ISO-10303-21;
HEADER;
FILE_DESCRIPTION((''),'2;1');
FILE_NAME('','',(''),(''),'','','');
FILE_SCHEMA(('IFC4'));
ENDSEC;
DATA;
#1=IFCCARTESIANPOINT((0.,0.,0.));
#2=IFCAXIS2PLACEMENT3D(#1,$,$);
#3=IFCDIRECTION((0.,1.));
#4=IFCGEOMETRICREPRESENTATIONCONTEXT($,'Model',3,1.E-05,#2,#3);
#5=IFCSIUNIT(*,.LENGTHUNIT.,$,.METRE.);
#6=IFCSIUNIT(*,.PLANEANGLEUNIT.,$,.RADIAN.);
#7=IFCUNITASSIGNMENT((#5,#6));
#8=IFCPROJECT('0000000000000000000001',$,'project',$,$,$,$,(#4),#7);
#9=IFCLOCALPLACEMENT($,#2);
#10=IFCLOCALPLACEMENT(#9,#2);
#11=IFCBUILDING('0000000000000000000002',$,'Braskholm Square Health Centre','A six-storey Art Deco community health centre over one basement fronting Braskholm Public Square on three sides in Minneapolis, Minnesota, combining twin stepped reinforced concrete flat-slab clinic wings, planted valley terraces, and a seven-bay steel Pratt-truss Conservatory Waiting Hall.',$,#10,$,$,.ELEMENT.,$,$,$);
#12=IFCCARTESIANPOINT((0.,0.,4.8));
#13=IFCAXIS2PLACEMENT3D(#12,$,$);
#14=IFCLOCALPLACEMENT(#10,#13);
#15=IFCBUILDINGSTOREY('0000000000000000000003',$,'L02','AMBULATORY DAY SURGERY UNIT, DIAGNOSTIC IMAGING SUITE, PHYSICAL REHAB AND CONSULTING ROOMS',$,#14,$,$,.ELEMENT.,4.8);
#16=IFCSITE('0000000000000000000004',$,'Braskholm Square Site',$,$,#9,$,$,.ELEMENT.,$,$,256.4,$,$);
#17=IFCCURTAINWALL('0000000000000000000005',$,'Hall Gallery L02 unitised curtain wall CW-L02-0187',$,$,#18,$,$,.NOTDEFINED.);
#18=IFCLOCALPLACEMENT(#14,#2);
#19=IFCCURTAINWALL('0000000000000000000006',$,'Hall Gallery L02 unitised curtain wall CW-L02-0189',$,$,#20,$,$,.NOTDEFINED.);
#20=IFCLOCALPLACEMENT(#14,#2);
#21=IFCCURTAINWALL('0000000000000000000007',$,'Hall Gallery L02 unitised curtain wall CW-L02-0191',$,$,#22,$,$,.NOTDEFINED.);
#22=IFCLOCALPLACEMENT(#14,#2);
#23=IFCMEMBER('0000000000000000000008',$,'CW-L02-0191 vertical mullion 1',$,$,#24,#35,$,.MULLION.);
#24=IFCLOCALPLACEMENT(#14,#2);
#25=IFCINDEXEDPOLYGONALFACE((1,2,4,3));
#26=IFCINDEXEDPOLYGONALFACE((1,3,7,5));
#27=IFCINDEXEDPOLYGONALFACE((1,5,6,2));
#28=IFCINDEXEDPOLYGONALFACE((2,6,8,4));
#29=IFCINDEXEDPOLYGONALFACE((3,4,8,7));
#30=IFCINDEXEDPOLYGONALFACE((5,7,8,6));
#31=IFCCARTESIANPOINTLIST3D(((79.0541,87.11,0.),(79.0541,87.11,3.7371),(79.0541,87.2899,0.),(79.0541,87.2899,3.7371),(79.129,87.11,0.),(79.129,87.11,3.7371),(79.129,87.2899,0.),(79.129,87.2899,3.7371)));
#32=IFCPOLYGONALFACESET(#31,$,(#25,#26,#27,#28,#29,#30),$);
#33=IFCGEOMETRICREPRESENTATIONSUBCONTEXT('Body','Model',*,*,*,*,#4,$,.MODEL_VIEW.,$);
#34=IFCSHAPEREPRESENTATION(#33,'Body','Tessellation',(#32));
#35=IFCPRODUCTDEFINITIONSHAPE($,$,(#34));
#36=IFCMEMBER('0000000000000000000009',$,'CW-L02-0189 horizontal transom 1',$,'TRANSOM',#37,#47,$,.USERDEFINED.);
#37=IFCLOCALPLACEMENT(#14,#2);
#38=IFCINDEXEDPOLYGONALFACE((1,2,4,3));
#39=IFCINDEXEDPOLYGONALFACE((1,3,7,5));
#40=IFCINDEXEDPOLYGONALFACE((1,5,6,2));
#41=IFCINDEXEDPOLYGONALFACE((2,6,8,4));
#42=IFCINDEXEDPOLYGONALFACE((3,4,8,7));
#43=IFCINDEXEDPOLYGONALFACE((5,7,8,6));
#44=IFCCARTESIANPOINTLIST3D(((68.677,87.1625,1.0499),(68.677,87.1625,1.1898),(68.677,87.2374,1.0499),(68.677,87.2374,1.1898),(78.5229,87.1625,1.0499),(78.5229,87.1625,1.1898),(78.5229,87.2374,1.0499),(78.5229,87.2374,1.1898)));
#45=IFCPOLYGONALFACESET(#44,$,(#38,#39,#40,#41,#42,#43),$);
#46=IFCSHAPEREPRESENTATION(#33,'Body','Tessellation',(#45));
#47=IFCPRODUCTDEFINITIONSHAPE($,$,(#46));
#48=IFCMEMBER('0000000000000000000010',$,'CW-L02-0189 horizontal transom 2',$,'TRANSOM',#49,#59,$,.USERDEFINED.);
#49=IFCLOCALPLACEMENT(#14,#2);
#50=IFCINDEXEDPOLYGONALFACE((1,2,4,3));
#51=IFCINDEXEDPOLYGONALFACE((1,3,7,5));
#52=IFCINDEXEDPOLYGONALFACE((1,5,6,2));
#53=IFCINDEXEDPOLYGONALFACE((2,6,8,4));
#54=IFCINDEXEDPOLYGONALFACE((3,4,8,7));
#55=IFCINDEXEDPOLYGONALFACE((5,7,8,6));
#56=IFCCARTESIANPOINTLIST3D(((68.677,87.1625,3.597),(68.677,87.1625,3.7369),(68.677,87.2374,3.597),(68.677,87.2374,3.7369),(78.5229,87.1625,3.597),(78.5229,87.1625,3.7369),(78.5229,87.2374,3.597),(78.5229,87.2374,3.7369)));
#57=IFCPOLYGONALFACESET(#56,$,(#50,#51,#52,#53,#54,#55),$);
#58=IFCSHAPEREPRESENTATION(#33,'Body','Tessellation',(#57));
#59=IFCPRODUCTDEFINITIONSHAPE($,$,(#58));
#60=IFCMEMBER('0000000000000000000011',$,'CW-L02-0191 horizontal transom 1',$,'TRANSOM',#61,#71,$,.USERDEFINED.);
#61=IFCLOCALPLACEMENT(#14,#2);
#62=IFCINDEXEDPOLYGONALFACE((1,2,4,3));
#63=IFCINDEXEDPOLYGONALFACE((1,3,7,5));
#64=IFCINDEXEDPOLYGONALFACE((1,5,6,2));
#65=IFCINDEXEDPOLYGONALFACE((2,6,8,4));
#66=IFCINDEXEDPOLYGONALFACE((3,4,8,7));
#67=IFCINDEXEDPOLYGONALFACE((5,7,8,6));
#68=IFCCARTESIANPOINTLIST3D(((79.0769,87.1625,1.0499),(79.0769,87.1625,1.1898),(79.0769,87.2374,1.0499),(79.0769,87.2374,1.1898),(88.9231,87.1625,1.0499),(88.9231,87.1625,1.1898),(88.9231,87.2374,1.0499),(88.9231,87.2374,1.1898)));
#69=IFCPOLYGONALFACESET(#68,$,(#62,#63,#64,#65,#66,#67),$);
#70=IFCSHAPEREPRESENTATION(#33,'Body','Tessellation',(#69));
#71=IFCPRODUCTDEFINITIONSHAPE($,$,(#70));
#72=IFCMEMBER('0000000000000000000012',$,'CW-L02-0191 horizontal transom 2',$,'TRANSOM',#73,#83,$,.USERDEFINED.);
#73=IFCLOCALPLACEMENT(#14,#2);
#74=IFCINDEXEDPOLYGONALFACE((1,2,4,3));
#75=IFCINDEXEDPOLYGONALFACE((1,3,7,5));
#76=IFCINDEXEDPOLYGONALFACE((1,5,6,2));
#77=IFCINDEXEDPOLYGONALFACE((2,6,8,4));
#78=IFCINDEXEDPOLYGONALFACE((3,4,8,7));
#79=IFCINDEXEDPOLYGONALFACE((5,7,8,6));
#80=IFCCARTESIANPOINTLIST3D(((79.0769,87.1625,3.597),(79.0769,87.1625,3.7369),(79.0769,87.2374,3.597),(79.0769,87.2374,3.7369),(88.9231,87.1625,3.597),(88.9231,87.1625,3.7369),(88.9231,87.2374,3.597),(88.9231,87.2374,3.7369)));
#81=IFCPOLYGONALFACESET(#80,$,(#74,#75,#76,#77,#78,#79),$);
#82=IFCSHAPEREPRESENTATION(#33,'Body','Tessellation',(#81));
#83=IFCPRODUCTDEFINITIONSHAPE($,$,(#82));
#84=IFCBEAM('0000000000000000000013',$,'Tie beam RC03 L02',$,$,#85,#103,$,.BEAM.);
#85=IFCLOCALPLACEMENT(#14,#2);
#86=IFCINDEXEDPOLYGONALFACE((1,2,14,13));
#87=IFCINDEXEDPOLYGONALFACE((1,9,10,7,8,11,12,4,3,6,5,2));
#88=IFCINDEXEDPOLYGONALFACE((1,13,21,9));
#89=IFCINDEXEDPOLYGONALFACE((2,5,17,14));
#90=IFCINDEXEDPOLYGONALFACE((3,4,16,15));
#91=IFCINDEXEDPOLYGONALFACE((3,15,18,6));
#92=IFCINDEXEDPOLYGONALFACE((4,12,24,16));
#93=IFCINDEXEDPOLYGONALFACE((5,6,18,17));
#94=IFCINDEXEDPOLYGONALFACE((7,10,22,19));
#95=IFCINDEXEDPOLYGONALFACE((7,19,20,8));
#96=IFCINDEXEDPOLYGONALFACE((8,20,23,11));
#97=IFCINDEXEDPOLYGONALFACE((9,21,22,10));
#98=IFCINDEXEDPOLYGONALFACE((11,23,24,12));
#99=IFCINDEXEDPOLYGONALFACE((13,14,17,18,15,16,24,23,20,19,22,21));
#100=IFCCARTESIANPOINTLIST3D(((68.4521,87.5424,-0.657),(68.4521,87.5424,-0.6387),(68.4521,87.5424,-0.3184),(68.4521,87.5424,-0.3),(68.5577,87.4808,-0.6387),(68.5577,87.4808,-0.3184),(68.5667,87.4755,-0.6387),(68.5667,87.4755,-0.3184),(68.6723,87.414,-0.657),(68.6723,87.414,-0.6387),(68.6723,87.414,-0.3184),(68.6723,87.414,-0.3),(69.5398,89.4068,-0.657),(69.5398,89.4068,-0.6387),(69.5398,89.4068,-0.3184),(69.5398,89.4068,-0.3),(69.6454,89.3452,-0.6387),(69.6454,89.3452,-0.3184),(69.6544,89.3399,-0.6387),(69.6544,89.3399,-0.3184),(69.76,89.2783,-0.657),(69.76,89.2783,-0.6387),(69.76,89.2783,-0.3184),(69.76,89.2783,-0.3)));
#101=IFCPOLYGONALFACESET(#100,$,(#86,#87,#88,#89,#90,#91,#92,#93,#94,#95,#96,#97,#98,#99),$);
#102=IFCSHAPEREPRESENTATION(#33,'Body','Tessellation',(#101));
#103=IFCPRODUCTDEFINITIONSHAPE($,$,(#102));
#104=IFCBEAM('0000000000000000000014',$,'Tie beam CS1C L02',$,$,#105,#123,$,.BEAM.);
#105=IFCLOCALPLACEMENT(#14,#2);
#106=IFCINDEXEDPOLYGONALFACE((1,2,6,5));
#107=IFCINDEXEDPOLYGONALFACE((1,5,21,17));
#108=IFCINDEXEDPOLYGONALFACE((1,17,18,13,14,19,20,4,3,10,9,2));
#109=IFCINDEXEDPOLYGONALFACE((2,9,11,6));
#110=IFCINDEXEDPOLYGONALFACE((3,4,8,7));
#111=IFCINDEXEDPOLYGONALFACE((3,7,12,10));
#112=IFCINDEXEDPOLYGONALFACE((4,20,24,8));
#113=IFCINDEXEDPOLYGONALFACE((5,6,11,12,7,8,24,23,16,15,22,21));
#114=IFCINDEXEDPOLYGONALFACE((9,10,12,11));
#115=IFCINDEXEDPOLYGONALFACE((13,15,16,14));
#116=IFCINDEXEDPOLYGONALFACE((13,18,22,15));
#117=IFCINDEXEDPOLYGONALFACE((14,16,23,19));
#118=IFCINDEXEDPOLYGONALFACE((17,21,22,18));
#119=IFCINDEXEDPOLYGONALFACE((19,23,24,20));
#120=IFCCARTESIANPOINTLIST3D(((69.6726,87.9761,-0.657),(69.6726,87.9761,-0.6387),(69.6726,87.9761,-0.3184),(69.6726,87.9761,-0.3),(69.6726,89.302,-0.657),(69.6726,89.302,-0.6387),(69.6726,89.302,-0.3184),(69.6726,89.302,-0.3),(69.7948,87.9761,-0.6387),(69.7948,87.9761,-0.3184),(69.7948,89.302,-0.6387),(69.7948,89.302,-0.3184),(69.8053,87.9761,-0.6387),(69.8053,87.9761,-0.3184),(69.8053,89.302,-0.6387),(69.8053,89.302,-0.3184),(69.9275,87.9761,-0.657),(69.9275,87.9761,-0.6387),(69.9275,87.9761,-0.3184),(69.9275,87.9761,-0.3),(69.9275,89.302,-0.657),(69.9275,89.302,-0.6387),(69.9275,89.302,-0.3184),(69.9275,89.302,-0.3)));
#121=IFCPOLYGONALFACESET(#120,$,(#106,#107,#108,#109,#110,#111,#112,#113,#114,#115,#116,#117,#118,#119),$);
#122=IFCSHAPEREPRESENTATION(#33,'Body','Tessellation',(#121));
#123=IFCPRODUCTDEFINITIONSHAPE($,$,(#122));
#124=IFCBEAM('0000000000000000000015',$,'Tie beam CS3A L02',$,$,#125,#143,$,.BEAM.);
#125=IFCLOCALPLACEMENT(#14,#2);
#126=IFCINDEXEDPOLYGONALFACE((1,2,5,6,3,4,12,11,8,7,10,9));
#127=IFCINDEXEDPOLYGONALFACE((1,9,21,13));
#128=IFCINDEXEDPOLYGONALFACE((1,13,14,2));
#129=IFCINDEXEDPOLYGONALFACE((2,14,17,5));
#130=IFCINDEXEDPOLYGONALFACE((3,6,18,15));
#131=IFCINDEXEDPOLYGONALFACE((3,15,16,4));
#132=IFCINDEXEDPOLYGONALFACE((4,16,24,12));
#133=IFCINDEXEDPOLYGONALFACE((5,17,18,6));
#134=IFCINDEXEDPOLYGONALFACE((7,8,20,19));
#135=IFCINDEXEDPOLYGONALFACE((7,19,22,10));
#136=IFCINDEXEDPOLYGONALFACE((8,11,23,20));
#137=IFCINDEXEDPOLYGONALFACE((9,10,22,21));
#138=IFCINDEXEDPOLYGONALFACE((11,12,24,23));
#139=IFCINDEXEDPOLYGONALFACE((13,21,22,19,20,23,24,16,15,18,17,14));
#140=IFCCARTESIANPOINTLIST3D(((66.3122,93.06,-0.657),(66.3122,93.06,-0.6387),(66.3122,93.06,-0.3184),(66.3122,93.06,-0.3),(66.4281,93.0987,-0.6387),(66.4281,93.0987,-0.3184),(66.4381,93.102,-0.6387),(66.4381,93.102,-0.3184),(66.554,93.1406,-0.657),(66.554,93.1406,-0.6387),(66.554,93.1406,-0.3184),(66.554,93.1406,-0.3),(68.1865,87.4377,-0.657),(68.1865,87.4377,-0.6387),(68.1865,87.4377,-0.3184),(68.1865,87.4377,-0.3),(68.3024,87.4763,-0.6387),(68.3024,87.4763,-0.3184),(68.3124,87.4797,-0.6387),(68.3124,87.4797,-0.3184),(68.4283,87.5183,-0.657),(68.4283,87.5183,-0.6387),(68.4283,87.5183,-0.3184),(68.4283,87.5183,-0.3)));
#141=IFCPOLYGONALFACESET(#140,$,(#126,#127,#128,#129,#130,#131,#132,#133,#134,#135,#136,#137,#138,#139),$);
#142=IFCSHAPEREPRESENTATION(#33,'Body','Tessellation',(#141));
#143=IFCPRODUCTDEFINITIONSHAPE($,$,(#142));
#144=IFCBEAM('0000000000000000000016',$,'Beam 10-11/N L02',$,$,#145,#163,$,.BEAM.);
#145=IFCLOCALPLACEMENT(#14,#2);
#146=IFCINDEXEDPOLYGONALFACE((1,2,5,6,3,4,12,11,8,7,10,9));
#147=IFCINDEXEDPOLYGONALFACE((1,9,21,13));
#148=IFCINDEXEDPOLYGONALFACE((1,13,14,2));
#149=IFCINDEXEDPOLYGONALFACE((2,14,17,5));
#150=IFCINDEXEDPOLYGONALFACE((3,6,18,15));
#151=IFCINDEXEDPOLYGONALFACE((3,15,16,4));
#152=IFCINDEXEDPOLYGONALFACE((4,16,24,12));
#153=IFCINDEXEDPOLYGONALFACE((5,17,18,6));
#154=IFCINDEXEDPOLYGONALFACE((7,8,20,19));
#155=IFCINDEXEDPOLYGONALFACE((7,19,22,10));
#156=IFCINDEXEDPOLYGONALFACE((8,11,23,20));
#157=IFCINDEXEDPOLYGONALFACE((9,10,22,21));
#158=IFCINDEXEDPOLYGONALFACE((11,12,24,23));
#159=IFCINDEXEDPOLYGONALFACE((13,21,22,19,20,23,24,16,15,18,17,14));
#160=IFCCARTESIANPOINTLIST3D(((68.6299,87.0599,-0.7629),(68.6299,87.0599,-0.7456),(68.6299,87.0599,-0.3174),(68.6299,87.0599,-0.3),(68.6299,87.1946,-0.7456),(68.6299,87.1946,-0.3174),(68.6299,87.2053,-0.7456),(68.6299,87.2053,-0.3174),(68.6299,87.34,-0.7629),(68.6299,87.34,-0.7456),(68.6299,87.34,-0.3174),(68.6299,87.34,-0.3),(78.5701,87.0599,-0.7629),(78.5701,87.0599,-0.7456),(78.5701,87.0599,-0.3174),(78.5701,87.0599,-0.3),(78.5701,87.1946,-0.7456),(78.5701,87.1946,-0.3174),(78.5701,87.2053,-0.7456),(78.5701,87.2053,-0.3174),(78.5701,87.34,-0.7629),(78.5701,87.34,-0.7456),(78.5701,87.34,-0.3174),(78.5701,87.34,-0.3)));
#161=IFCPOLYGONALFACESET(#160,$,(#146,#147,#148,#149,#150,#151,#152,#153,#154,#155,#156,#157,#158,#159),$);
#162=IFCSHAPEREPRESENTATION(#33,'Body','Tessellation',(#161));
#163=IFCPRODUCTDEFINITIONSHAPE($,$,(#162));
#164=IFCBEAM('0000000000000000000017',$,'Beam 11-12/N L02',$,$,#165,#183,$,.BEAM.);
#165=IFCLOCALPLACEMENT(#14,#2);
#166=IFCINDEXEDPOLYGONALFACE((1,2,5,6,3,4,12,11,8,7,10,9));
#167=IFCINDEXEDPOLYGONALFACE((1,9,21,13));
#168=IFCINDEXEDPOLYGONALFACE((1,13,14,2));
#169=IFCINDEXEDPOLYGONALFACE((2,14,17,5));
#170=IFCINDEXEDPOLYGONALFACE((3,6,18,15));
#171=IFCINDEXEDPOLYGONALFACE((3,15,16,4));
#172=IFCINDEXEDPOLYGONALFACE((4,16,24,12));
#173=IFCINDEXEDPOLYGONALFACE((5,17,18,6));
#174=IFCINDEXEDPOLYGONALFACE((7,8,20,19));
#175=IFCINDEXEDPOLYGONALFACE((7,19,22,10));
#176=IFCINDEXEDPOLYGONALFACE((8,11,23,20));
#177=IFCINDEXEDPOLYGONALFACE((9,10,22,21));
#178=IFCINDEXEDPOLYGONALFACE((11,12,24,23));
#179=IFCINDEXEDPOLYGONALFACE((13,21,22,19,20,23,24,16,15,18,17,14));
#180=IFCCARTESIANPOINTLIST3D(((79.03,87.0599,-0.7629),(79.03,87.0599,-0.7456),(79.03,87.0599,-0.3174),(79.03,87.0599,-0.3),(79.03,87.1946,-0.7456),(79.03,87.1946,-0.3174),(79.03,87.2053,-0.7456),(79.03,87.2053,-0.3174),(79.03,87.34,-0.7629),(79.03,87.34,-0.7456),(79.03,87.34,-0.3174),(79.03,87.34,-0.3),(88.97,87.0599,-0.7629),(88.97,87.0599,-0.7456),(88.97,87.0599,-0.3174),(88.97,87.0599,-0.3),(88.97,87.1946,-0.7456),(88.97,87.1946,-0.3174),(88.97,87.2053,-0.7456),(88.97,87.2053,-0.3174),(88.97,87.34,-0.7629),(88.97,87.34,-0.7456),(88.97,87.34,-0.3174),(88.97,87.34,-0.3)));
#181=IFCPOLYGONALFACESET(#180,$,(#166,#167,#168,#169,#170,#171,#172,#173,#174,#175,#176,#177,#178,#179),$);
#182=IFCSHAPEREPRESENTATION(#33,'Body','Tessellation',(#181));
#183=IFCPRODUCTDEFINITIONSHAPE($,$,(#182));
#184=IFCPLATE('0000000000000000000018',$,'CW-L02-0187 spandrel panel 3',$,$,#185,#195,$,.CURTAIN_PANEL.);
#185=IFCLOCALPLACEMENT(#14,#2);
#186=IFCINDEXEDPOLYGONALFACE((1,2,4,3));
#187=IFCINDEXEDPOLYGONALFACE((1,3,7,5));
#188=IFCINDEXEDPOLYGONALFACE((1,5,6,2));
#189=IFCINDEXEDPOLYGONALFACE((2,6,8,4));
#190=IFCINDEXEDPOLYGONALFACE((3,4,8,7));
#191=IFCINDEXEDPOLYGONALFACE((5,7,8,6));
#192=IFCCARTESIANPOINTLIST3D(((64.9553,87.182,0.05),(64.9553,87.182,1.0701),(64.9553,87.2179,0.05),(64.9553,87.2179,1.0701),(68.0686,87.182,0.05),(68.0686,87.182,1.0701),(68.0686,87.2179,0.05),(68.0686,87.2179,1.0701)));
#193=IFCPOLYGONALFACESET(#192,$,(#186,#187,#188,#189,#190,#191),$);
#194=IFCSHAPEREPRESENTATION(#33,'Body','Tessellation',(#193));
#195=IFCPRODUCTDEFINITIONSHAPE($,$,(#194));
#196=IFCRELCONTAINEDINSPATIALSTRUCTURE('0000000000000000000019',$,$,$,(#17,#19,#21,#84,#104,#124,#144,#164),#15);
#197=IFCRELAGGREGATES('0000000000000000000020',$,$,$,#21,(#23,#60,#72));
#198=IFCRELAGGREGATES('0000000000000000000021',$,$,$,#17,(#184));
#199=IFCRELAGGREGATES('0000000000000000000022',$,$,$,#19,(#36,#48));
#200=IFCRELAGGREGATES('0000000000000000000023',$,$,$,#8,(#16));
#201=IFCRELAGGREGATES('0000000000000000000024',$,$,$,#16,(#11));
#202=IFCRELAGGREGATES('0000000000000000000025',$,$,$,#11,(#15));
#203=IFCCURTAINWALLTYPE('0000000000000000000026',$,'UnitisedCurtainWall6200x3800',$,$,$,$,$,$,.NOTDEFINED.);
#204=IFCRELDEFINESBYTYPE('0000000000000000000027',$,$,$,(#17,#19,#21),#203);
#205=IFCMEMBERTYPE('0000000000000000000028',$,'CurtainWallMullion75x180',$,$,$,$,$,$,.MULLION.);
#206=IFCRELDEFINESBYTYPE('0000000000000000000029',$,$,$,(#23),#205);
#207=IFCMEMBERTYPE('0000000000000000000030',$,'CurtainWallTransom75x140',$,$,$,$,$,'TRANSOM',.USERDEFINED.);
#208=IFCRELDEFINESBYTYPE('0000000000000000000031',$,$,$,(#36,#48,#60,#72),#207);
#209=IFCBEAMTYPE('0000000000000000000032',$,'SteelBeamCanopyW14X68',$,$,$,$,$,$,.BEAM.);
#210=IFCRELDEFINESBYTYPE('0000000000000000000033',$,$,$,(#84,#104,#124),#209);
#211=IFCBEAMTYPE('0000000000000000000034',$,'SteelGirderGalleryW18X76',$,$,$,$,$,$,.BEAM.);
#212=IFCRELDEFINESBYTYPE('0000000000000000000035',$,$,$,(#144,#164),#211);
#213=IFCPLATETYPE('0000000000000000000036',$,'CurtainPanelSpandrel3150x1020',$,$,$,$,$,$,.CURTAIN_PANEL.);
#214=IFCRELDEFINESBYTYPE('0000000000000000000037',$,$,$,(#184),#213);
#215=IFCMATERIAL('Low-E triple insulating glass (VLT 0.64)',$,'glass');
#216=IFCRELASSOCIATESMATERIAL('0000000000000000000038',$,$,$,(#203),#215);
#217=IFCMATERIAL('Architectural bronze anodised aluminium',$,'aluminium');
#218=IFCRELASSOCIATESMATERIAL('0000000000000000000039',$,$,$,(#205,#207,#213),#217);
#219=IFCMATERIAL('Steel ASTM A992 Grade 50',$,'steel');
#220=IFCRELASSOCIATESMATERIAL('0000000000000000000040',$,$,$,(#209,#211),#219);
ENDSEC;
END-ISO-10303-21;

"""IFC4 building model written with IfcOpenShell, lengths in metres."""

from ifc_helpers import new_model, si_unit, direction, frame, origin, origin_2d, place, context, subcontext, project, spatial, rectangle, i_section, extrude, material, material_profile, profile_set, type_object, element, aggregate, save


model = new_model("IFC4")

# Units and contexts
model_context = context("Model", 3, precision=1e-05, world=origin(), true_north=direction((0.0, 1.0)))
body_context = subcontext(model_context, "Body", "Model", "MODEL_VIEW")
ifc_project = project(units=[si_unit("LENGTHUNIT", "METRE"), si_unit("PLANEANGLEUNIT", "RADIAN")], contexts=[model_context])

# Site, building, storey
site_placement = place(None, origin())
site = spatial("IfcSite", under=ifc_project, at=site_placement, Name="Braskholm Square Site", CompositionType="ELEMENT", RefElevation=256.4)
building_placement = place(site_placement, origin())
building = spatial("IfcBuilding", under=site, at=building_placement, Name="Braskholm Square Health Centre", Description="A six-storey Art Deco community health centre over one basement fronting Braskholm Public Square on three sides in Minneapolis, Minnesota, combining twin stepped reinforced concrete flat-slab clinic wings, planted valley terraces, and a seven-bay steel Pratt-truss Conservatory Waiting Hall.", CompositionType="ELEMENT")
storey_placement = place(building_placement, frame((0.0, 0.0, 4.8)))
storey = spatial("IfcBuildingStorey", under=building, at=storey_placement, Name="L02", Description="AMBULATORY DAY SURGERY UNIT, DIAGNOSTIC IMAGING SUITE, PHYSICAL REHAB AND CONSULTING ROOMS", CompositionType="ELEMENT", Elevation=4.8)

# Shared definitions
ifc_material_1 = material(Name="Steel ASTM A992 Grade 50", Category="steel")

# Curtain walls
ifc_material_2 = material(Name="Low-E triple insulating glass (VLT 0.64)", Category="glass")
curtain_wall_type = type_object("IfcCurtainWallType", Name="UnitisedCurtainWall6200x3800", PredefinedType="NOTDEFINED", material=ifc_material_2)
curtain_wall_1_placement = place(storey_placement, origin())
curtain_wall_1 = element("IfcCurtainWall", 1, at=curtain_wall_1_placement, inside=storey, type_object=curtain_wall_type, Name="Hall Gallery L02 unitised curtain wall CW-L02-0187", PredefinedType="NOTDEFINED")
ifc_material_3 = material(Name="Architectural bronze anodised aluminium", Category="aluminium")
ifc_material_profile_1 = material_profile(ifc_material_3, rectangle(XDim=0.075, YDim=0.1799, at=origin_2d()), Name="ALU-75X180")
ifc_profile_set_1 = profile_set([ifc_material_profile_1], Name="Architectural bronze anodised aluminium")
member_type_1 = type_object("IfcMemberType", Name="CurtainWallMullion75x180", PredefinedType="MULLION", material=ifc_profile_set_1)
curtain_wall_2_placement = place(storey_placement, origin())
curtain_wall_2 = element("IfcCurtainWall", 2, at=curtain_wall_2_placement, inside=storey, type_object=curtain_wall_type, Name="Hall Gallery L02 unitised curtain wall CW-L02-0189", PredefinedType="NOTDEFINED")

# Curtain wall, member
curtain_wall_3_placement = place(storey_placement, origin())
curtain_wall_3 = element("IfcCurtainWall", 3, at=curtain_wall_3_placement, inside=storey, type_object=curtain_wall_type, Name="Hall Gallery L02 unitised curtain wall CW-L02-0191", PredefinedType="NOTDEFINED")
member_1_placement = place(storey_placement, frame((79.0916, 87.2, 0.0), z_axis=(0.0, 0.0, 1.0), x_axis=(1.0, 0.0, 0.0)))
member_1 = element("IfcMember", 4, at=member_1_placement, type_object=member_type_1, Name="CW-L02-0191 vertical mullion 1", PredefinedType="MULLION", context=body_context, shape_type="SweptSolid", body=[
    extrude(rectangle(XDim=0.075, YDim=0.1799, at=origin_2d()), origin(), (0.0, 0.0, 1.0), 3.7371),
])

# Members
ifc_material_profile_2 = material_profile(ifc_material_3, rectangle(XDim=0.075, YDim=0.1399, at=origin_2d()), Name="ALU-75X140")
ifc_profile_set_2 = profile_set([ifc_material_profile_2], Name="Architectural bronze anodised aluminium")
member_type_2 = type_object("IfcMemberType", Name="CurtainWallTransom75x140", ElementType="TRANSOM", PredefinedType="USERDEFINED", material=ifc_profile_set_2)
member_2_placement = place(storey_placement, frame((68.677, 87.2, 1.1199), z_axis=(1.0, 0.0, 0.0), x_axis=(0.0, 1.0, 0.0)))
member_2 = element("IfcMember", 5, at=member_2_placement, type_object=member_type_2, Name="CW-L02-0189 horizontal transom 1", ObjectType="TRANSOM", PredefinedType="USERDEFINED", context=body_context, shape_type="SweptSolid", body=[
    extrude(rectangle(XDim=0.075, YDim=0.1399, at=origin_2d()), origin(), (0.0, 0.0, 1.0), 9.8459),
])
member_3_placement = place(storey_placement, frame((68.677, 87.2, 3.667), z_axis=(1.0, 0.0, 0.0), x_axis=(0.0, 1.0, 0.0)))
member_3 = element("IfcMember", 6, at=member_3_placement, type_object=member_type_2, Name="CW-L02-0189 horizontal transom 2", ObjectType="TRANSOM", PredefinedType="USERDEFINED", context=body_context, shape_type="SweptSolid", body=[
    extrude(rectangle(XDim=0.075, YDim=0.1399, at=origin_2d()), origin(), (0.0, 0.0, 1.0), 9.8459),
])
member_4_placement = place(storey_placement, frame((79.0769, 87.2, 1.1199), z_axis=(1.0, 0.0, 0.0), x_axis=(0.0, 1.0, 0.0)))
member_4 = element("IfcMember", 7, at=member_4_placement, type_object=member_type_2, Name="CW-L02-0191 horizontal transom 1", ObjectType="TRANSOM", PredefinedType="USERDEFINED", context=body_context, shape_type="SweptSolid", body=[
    extrude(rectangle(XDim=0.075, YDim=0.1399, at=origin_2d()), origin(), (0.0, 0.0, 1.0), 9.8462),
])
member_5_placement = place(storey_placement, frame((79.0769, 87.2, 3.667), z_axis=(1.0, 0.0, 0.0), x_axis=(0.0, 1.0, 0.0)))
member_5 = element("IfcMember", 8, at=member_5_placement, type_object=member_type_2, Name="CW-L02-0191 horizontal transom 2", ObjectType="TRANSOM", PredefinedType="USERDEFINED", context=body_context, shape_type="SweptSolid", body=[
    extrude(rectangle(XDim=0.075, YDim=0.1399, at=origin_2d()), origin(), (0.0, 0.0, 1.0), 9.8462),
])
aggregate(curtain_wall_3, [member_1, member_4, member_5])

# Beams
ifc_material_profile_3 = material_profile(ifc_material_1, i_section(OverallWidth=0.2549, OverallDepth=0.3569, WebThickness=0.0105, FlangeThickness=0.0183, at=origin_2d()), Name="W14X68")
ifc_profile_set_3 = profile_set([ifc_material_profile_3], Name="Steel ASTM A992 Grade 50")
beam_type_1 = type_object("IfcBeamType", Name="SteelBeamCanopyW14X68", PredefinedType="BEAM", material=ifc_profile_set_3)
beam_1_placement = place(storey_placement, frame((69.6499, 89.3425, -0.4785), z_axis=(-0.503927, -0.863746, 0.0), x_axis=(0.863746, -0.503927, 0.0)))
element("IfcBeam", 9, at=beam_1_placement, inside=storey, type_object=beam_type_1, Name="Tie beam RC03 L02", PredefinedType="BEAM", context=body_context, shape_type="SweptSolid", body=[
    extrude(i_section(OverallWidth=0.2549, OverallDepth=0.3569, WebThickness=0.0105, FlangeThickness=0.0183, at=origin_2d()), origin(), (0.0, 0.0, 1.0), 2.1584),
])
beam_2_placement = place(storey_placement, frame((69.8, 87.9761, -0.4785), z_axis=(0.0, 1.0, 0.0), x_axis=(-1.0, 0.0, 0.0)))
element("IfcBeam", 10, at=beam_2_placement, inside=storey, type_object=beam_type_1, Name="Tie beam CS1C L02", PredefinedType="BEAM", context=body_context, shape_type="SweptSolid", body=[
    extrude(i_section(OverallWidth=0.2549, OverallDepth=0.3569, WebThickness=0.0105, FlangeThickness=0.0183, at=origin_2d()), origin(), (0.0, 0.0, 1.0), 1.3259),
])
beam_3_placement = place(storey_placement, frame((66.4331, 93.1003, -0.4785), z_axis=(0.316252, -0.948675, 0.0), x_axis=(0.948675, 0.316252, 0.0)))
element("IfcBeam", 11, at=beam_3_placement, inside=storey, type_object=beam_type_1, Name="Tie beam CS3A L02", PredefinedType="BEAM", context=body_context, shape_type="SweptSolid", body=[
    extrude(i_section(OverallWidth=0.2549, OverallDepth=0.3569, WebThickness=0.0105, FlangeThickness=0.0183, at=origin_2d()), origin(), (0.0, 0.0, 1.0), 5.9265),
])
ifc_material_profile_4 = material_profile(ifc_material_1, i_section(OverallWidth=0.28, OverallDepth=0.4629, WebThickness=0.0107, FlangeThickness=0.0173, at=origin_2d()), Name="W18X76")
ifc_profile_set_4 = profile_set([ifc_material_profile_4], Name="Steel ASTM A992 Grade 50")
beam_type_2 = type_object("IfcBeamType", Name="SteelGirderGalleryW18X76", PredefinedType="BEAM", material=ifc_profile_set_4)
beam_4_placement = place(storey_placement, frame((68.6299, 87.2, -0.5315), z_axis=(1.0, 0.0, 0.0), x_axis=(0.0, 1.0, 0.0)))
element("IfcBeam", 12, at=beam_4_placement, inside=storey, type_object=beam_type_2, Name="Beam 10-11/N L02", PredefinedType="BEAM", context=body_context, shape_type="SweptSolid", body=[
    extrude(i_section(OverallWidth=0.28, OverallDepth=0.4629, WebThickness=0.0107, FlangeThickness=0.0173, at=origin_2d()), origin(), (0.0, 0.0, 1.0), 9.9402),
])
beam_5_placement = place(storey_placement, frame((79.03, 87.2, -0.5315), z_axis=(1.0, 0.0, 0.0), x_axis=(0.0, 1.0, 0.0)))
element("IfcBeam", 13, at=beam_5_placement, inside=storey, type_object=beam_type_2, Name="Beam 11-12/N L02", PredefinedType="BEAM", context=body_context, shape_type="SweptSolid", body=[
    extrude(i_section(OverallWidth=0.28, OverallDepth=0.4629, WebThickness=0.0107, FlangeThickness=0.0173, at=origin_2d()), origin(), (0.0, 0.0, 1.0), 9.9399),
])

# Plate
plate_type_1 = type_object("IfcPlateType", Name="CurtainPanelSpandrel3150x1020", PredefinedType="CURTAIN_PANEL", material=ifc_material_3)
plate_1_placement = place(storey_placement, frame((66.512, 87.2, 0.05), z_axis=(0.0, 0.0, 1.0), x_axis=(1.0, 0.0, 0.0)))
plate_1 = element("IfcPlate", 14, at=plate_1_placement, type_object=plate_type_1, Name="CW-L02-0187 spandrel panel 3", PredefinedType="CURTAIN_PANEL", context=body_context, shape_type="SweptSolid", body=[
    extrude(rectangle(XDim=3.1133, YDim=0.0359, at=origin_2d()), origin(), (0.0, 0.0, 1.0), 1.02),
])
aggregate(curtain_wall_1, [plate_1])
aggregate(curtain_wall_2, [member_2, member_3])

save(model, "model.ifc")
